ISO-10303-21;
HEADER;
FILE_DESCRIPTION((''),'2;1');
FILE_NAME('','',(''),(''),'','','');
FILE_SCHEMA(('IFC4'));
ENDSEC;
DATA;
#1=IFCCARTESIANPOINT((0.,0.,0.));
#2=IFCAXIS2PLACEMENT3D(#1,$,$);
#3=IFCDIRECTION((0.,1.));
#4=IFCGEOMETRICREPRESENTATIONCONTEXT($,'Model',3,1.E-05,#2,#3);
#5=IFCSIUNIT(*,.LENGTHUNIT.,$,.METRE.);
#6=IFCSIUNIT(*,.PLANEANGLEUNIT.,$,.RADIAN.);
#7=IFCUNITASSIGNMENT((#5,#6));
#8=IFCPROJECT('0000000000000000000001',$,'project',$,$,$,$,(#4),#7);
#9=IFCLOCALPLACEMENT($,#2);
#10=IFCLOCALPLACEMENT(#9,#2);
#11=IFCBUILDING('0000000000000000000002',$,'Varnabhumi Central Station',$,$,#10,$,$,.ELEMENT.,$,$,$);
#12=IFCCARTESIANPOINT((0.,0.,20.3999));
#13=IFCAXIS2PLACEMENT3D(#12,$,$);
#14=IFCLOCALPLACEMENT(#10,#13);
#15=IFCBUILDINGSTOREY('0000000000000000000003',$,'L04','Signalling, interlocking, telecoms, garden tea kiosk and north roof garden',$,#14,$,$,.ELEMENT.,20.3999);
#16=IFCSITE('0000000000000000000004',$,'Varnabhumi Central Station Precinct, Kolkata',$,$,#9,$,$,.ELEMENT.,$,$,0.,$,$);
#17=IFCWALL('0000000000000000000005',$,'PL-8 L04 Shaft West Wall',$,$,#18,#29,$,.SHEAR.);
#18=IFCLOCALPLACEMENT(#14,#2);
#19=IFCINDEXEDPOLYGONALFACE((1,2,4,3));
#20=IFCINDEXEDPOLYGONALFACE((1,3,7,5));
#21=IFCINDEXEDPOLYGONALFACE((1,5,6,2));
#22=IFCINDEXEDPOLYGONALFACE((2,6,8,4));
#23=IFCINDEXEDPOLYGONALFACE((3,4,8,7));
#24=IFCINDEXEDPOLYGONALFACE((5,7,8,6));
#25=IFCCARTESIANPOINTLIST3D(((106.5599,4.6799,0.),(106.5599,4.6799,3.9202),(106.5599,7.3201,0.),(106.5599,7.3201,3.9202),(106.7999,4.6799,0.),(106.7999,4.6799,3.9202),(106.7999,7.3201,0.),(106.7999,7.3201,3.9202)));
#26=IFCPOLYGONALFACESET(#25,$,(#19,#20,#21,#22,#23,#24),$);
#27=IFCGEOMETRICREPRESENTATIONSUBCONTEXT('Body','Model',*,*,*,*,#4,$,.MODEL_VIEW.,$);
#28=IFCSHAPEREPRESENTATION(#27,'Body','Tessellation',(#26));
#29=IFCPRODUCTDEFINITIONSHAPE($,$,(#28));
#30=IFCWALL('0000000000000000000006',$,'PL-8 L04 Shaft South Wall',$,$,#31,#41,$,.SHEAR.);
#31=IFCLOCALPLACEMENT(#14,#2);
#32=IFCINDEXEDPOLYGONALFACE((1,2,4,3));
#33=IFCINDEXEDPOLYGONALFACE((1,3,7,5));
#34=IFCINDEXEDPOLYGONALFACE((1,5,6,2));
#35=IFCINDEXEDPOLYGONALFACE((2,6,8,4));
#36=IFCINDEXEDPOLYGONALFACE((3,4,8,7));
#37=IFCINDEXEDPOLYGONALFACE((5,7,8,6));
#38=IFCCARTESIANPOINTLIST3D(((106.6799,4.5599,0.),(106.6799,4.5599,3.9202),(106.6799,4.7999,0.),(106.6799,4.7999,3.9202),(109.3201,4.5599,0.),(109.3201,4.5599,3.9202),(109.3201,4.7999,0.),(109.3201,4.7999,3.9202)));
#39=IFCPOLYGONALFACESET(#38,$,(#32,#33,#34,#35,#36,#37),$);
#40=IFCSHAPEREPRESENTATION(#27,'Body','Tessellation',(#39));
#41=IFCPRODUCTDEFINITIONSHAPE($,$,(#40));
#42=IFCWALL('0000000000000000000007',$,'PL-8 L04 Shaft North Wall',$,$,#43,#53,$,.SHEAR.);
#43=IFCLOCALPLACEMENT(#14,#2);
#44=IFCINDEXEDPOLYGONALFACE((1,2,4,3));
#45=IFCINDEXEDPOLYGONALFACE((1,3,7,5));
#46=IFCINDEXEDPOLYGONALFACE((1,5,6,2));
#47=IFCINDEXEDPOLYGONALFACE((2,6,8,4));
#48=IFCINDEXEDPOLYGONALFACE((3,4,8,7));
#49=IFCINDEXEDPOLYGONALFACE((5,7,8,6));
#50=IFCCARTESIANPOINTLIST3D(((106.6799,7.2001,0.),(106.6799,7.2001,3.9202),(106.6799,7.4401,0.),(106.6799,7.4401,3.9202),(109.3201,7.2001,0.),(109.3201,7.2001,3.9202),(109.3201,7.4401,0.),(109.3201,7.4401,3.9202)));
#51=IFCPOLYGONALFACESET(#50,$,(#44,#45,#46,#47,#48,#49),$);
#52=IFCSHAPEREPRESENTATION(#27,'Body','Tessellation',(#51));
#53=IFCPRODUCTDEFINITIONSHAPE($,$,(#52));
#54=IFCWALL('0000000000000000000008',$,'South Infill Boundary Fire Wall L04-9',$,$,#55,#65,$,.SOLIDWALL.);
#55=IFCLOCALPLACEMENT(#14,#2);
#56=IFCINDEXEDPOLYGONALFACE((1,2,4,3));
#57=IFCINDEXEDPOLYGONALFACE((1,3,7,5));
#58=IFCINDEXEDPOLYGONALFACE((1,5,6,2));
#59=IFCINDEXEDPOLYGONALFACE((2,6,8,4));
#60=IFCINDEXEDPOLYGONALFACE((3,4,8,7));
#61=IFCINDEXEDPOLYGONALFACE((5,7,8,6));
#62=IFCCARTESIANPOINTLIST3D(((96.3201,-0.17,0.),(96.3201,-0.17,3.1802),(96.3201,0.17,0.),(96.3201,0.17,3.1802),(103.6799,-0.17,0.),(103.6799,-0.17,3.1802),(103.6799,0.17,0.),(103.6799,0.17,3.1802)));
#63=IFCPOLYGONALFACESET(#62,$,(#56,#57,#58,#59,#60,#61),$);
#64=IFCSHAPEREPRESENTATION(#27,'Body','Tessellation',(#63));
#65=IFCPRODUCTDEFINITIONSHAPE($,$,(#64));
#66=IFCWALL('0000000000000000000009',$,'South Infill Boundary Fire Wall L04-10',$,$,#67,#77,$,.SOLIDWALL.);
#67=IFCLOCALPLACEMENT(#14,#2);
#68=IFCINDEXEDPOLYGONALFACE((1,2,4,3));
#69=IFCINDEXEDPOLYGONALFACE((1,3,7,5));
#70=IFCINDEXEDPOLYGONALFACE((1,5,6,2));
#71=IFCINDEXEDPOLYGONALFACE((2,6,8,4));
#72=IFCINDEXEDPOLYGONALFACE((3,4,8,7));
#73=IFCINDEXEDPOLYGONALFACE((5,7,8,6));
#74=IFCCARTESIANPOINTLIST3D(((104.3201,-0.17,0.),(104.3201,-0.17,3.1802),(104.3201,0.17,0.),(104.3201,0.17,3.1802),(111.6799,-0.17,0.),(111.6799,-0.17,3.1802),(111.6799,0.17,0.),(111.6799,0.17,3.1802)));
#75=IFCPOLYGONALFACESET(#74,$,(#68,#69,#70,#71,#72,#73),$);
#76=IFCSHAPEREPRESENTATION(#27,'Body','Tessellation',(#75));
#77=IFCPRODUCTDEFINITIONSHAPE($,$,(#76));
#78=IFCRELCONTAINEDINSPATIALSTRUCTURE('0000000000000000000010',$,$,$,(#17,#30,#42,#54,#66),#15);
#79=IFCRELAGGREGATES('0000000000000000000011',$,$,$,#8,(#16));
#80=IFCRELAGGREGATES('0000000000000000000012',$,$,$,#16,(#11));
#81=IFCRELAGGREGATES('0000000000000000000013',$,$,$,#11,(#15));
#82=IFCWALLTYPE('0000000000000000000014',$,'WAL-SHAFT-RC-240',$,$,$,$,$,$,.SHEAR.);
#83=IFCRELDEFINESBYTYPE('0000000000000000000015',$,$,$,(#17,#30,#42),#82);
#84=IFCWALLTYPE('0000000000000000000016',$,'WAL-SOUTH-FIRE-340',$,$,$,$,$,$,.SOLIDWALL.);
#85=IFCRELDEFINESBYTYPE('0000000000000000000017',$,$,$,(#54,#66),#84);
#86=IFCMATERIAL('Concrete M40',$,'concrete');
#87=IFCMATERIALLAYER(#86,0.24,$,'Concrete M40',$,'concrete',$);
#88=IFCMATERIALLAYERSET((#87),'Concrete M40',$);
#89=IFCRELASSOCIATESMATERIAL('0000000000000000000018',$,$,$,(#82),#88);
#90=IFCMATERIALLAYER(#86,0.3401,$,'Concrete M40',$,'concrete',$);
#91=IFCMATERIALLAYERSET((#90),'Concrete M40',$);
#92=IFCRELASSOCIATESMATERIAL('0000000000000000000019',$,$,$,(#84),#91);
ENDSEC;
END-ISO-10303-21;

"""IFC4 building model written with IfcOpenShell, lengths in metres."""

from ifc_helpers import new_model, si_unit, direction, frame, frame_2d, origin, place, context, subcontext, project, spatial, rectangle, extrude, material, layer, layer_set, type_object, element, save


model = new_model("IFC4")

# Units and contexts
model_context = context("Model", 3, precision=1e-05, world=origin(), true_north=direction((0.0, 1.0)))
body_context = subcontext(model_context, "Body", "Model", "MODEL_VIEW")
ifc_project = project(units=[si_unit("LENGTHUNIT", "METRE"), si_unit("PLANEANGLEUNIT", "RADIAN")], contexts=[model_context])

# Site, building, storey
site_placement = place(None, origin())
site = spatial("IfcSite", under=ifc_project, at=site_placement, Name="Varnabhumi Central Station Precinct, Kolkata", CompositionType="ELEMENT", RefElevation=0.0)
building_placement = place(site_placement, origin())
building = spatial("IfcBuilding", under=site, at=building_placement, Name="Varnabhumi Central Station", CompositionType="ELEMENT")
storey_placement = place(building_placement, frame((0.0, 0.0, 20.3999)))
storey = spatial("IfcBuildingStorey", under=building, at=storey_placement, Name="L04", Description="Signalling, interlocking, telecoms, garden tea kiosk and north roof garden", CompositionType="ELEMENT", Elevation=20.3999)

# Shared definitions
ifc_material_1 = material(Name="Concrete M40", Category="concrete")

# Walls
ifc_layer_1 = layer(ifc_material_1, 0.24, Name="Concrete M40", Category="concrete")
ifc_layer_set_1 = layer_set([ifc_layer_1], Name="Concrete M40")
wall_type_1 = type_object("IfcWallType", Name="WAL-SHAFT-RC-240", PredefinedType="SHEAR", material=ifc_layer_set_1)
for number, where, z_axis, x_axis, name in (
    (1, (106.6799, 4.6799, 0.0), (0.0, 0.0, 1.0), (0.0, 1.0, 0.0), "PL-8 L04 Shaft West Wall"),
    (2, (106.6799, 4.6799, 0.0), (0.0, 0.0, 1.0), (1.0, 0.0, 0.0), "PL-8 L04 Shaft South Wall"),
    (3, (106.6799, 7.3201, 0.0), (0.0, 0.0, 1.0), (1.0, 0.0, 0.0), "PL-8 L04 Shaft North Wall"),
):
    element("IfcWall", number, at=place(storey_placement, frame(where, z_axis=z_axis, x_axis=x_axis)), inside=storey, type_object=wall_type_1, Name=name, PredefinedType="SHEAR", context=body_context, shape_type="SweptSolid", body=[
        extrude(rectangle(XDim=2.6401, YDim=0.24, at=frame_2d((1.3201, 0.0))), origin(), (0.0, 0.0, 1.0), 3.9202),
    ])

# Walls
ifc_layer_2 = layer(ifc_material_1, 0.3401, Name="Concrete M40", Category="concrete")
ifc_layer_set_2 = layer_set([ifc_layer_2], Name="Concrete M40")
wall_type_2 = type_object("IfcWallType", Name="WAL-SOUTH-FIRE-340", PredefinedType="SOLIDWALL", material=ifc_layer_set_2)
for number, where, z_axis, x_axis, name in (
    (4, (96.3201, 0.0, 0.0), (0.0, 0.0, 1.0), (1.0, 0.0, 0.0), "South Infill Boundary Fire Wall L04-9"),
    (5, (104.3201, 0.0, 0.0), (0.0, 0.0, 1.0), (1.0, 0.0, 0.0), "South Infill Boundary Fire Wall L04-10"),
):
    element("IfcWall", number, at=place(storey_placement, frame(where, z_axis=z_axis, x_axis=x_axis)), inside=storey, type_object=wall_type_2, Name=name, PredefinedType="SOLIDWALL", context=body_context, shape_type="SweptSolid", body=[
        extrude(rectangle(XDim=7.3599, YDim=0.3401, at=frame_2d((3.6799, 0.0))), origin(), (0.0, 0.0, 1.0), 3.1802),
    ])

save(model, "model.ifc")
